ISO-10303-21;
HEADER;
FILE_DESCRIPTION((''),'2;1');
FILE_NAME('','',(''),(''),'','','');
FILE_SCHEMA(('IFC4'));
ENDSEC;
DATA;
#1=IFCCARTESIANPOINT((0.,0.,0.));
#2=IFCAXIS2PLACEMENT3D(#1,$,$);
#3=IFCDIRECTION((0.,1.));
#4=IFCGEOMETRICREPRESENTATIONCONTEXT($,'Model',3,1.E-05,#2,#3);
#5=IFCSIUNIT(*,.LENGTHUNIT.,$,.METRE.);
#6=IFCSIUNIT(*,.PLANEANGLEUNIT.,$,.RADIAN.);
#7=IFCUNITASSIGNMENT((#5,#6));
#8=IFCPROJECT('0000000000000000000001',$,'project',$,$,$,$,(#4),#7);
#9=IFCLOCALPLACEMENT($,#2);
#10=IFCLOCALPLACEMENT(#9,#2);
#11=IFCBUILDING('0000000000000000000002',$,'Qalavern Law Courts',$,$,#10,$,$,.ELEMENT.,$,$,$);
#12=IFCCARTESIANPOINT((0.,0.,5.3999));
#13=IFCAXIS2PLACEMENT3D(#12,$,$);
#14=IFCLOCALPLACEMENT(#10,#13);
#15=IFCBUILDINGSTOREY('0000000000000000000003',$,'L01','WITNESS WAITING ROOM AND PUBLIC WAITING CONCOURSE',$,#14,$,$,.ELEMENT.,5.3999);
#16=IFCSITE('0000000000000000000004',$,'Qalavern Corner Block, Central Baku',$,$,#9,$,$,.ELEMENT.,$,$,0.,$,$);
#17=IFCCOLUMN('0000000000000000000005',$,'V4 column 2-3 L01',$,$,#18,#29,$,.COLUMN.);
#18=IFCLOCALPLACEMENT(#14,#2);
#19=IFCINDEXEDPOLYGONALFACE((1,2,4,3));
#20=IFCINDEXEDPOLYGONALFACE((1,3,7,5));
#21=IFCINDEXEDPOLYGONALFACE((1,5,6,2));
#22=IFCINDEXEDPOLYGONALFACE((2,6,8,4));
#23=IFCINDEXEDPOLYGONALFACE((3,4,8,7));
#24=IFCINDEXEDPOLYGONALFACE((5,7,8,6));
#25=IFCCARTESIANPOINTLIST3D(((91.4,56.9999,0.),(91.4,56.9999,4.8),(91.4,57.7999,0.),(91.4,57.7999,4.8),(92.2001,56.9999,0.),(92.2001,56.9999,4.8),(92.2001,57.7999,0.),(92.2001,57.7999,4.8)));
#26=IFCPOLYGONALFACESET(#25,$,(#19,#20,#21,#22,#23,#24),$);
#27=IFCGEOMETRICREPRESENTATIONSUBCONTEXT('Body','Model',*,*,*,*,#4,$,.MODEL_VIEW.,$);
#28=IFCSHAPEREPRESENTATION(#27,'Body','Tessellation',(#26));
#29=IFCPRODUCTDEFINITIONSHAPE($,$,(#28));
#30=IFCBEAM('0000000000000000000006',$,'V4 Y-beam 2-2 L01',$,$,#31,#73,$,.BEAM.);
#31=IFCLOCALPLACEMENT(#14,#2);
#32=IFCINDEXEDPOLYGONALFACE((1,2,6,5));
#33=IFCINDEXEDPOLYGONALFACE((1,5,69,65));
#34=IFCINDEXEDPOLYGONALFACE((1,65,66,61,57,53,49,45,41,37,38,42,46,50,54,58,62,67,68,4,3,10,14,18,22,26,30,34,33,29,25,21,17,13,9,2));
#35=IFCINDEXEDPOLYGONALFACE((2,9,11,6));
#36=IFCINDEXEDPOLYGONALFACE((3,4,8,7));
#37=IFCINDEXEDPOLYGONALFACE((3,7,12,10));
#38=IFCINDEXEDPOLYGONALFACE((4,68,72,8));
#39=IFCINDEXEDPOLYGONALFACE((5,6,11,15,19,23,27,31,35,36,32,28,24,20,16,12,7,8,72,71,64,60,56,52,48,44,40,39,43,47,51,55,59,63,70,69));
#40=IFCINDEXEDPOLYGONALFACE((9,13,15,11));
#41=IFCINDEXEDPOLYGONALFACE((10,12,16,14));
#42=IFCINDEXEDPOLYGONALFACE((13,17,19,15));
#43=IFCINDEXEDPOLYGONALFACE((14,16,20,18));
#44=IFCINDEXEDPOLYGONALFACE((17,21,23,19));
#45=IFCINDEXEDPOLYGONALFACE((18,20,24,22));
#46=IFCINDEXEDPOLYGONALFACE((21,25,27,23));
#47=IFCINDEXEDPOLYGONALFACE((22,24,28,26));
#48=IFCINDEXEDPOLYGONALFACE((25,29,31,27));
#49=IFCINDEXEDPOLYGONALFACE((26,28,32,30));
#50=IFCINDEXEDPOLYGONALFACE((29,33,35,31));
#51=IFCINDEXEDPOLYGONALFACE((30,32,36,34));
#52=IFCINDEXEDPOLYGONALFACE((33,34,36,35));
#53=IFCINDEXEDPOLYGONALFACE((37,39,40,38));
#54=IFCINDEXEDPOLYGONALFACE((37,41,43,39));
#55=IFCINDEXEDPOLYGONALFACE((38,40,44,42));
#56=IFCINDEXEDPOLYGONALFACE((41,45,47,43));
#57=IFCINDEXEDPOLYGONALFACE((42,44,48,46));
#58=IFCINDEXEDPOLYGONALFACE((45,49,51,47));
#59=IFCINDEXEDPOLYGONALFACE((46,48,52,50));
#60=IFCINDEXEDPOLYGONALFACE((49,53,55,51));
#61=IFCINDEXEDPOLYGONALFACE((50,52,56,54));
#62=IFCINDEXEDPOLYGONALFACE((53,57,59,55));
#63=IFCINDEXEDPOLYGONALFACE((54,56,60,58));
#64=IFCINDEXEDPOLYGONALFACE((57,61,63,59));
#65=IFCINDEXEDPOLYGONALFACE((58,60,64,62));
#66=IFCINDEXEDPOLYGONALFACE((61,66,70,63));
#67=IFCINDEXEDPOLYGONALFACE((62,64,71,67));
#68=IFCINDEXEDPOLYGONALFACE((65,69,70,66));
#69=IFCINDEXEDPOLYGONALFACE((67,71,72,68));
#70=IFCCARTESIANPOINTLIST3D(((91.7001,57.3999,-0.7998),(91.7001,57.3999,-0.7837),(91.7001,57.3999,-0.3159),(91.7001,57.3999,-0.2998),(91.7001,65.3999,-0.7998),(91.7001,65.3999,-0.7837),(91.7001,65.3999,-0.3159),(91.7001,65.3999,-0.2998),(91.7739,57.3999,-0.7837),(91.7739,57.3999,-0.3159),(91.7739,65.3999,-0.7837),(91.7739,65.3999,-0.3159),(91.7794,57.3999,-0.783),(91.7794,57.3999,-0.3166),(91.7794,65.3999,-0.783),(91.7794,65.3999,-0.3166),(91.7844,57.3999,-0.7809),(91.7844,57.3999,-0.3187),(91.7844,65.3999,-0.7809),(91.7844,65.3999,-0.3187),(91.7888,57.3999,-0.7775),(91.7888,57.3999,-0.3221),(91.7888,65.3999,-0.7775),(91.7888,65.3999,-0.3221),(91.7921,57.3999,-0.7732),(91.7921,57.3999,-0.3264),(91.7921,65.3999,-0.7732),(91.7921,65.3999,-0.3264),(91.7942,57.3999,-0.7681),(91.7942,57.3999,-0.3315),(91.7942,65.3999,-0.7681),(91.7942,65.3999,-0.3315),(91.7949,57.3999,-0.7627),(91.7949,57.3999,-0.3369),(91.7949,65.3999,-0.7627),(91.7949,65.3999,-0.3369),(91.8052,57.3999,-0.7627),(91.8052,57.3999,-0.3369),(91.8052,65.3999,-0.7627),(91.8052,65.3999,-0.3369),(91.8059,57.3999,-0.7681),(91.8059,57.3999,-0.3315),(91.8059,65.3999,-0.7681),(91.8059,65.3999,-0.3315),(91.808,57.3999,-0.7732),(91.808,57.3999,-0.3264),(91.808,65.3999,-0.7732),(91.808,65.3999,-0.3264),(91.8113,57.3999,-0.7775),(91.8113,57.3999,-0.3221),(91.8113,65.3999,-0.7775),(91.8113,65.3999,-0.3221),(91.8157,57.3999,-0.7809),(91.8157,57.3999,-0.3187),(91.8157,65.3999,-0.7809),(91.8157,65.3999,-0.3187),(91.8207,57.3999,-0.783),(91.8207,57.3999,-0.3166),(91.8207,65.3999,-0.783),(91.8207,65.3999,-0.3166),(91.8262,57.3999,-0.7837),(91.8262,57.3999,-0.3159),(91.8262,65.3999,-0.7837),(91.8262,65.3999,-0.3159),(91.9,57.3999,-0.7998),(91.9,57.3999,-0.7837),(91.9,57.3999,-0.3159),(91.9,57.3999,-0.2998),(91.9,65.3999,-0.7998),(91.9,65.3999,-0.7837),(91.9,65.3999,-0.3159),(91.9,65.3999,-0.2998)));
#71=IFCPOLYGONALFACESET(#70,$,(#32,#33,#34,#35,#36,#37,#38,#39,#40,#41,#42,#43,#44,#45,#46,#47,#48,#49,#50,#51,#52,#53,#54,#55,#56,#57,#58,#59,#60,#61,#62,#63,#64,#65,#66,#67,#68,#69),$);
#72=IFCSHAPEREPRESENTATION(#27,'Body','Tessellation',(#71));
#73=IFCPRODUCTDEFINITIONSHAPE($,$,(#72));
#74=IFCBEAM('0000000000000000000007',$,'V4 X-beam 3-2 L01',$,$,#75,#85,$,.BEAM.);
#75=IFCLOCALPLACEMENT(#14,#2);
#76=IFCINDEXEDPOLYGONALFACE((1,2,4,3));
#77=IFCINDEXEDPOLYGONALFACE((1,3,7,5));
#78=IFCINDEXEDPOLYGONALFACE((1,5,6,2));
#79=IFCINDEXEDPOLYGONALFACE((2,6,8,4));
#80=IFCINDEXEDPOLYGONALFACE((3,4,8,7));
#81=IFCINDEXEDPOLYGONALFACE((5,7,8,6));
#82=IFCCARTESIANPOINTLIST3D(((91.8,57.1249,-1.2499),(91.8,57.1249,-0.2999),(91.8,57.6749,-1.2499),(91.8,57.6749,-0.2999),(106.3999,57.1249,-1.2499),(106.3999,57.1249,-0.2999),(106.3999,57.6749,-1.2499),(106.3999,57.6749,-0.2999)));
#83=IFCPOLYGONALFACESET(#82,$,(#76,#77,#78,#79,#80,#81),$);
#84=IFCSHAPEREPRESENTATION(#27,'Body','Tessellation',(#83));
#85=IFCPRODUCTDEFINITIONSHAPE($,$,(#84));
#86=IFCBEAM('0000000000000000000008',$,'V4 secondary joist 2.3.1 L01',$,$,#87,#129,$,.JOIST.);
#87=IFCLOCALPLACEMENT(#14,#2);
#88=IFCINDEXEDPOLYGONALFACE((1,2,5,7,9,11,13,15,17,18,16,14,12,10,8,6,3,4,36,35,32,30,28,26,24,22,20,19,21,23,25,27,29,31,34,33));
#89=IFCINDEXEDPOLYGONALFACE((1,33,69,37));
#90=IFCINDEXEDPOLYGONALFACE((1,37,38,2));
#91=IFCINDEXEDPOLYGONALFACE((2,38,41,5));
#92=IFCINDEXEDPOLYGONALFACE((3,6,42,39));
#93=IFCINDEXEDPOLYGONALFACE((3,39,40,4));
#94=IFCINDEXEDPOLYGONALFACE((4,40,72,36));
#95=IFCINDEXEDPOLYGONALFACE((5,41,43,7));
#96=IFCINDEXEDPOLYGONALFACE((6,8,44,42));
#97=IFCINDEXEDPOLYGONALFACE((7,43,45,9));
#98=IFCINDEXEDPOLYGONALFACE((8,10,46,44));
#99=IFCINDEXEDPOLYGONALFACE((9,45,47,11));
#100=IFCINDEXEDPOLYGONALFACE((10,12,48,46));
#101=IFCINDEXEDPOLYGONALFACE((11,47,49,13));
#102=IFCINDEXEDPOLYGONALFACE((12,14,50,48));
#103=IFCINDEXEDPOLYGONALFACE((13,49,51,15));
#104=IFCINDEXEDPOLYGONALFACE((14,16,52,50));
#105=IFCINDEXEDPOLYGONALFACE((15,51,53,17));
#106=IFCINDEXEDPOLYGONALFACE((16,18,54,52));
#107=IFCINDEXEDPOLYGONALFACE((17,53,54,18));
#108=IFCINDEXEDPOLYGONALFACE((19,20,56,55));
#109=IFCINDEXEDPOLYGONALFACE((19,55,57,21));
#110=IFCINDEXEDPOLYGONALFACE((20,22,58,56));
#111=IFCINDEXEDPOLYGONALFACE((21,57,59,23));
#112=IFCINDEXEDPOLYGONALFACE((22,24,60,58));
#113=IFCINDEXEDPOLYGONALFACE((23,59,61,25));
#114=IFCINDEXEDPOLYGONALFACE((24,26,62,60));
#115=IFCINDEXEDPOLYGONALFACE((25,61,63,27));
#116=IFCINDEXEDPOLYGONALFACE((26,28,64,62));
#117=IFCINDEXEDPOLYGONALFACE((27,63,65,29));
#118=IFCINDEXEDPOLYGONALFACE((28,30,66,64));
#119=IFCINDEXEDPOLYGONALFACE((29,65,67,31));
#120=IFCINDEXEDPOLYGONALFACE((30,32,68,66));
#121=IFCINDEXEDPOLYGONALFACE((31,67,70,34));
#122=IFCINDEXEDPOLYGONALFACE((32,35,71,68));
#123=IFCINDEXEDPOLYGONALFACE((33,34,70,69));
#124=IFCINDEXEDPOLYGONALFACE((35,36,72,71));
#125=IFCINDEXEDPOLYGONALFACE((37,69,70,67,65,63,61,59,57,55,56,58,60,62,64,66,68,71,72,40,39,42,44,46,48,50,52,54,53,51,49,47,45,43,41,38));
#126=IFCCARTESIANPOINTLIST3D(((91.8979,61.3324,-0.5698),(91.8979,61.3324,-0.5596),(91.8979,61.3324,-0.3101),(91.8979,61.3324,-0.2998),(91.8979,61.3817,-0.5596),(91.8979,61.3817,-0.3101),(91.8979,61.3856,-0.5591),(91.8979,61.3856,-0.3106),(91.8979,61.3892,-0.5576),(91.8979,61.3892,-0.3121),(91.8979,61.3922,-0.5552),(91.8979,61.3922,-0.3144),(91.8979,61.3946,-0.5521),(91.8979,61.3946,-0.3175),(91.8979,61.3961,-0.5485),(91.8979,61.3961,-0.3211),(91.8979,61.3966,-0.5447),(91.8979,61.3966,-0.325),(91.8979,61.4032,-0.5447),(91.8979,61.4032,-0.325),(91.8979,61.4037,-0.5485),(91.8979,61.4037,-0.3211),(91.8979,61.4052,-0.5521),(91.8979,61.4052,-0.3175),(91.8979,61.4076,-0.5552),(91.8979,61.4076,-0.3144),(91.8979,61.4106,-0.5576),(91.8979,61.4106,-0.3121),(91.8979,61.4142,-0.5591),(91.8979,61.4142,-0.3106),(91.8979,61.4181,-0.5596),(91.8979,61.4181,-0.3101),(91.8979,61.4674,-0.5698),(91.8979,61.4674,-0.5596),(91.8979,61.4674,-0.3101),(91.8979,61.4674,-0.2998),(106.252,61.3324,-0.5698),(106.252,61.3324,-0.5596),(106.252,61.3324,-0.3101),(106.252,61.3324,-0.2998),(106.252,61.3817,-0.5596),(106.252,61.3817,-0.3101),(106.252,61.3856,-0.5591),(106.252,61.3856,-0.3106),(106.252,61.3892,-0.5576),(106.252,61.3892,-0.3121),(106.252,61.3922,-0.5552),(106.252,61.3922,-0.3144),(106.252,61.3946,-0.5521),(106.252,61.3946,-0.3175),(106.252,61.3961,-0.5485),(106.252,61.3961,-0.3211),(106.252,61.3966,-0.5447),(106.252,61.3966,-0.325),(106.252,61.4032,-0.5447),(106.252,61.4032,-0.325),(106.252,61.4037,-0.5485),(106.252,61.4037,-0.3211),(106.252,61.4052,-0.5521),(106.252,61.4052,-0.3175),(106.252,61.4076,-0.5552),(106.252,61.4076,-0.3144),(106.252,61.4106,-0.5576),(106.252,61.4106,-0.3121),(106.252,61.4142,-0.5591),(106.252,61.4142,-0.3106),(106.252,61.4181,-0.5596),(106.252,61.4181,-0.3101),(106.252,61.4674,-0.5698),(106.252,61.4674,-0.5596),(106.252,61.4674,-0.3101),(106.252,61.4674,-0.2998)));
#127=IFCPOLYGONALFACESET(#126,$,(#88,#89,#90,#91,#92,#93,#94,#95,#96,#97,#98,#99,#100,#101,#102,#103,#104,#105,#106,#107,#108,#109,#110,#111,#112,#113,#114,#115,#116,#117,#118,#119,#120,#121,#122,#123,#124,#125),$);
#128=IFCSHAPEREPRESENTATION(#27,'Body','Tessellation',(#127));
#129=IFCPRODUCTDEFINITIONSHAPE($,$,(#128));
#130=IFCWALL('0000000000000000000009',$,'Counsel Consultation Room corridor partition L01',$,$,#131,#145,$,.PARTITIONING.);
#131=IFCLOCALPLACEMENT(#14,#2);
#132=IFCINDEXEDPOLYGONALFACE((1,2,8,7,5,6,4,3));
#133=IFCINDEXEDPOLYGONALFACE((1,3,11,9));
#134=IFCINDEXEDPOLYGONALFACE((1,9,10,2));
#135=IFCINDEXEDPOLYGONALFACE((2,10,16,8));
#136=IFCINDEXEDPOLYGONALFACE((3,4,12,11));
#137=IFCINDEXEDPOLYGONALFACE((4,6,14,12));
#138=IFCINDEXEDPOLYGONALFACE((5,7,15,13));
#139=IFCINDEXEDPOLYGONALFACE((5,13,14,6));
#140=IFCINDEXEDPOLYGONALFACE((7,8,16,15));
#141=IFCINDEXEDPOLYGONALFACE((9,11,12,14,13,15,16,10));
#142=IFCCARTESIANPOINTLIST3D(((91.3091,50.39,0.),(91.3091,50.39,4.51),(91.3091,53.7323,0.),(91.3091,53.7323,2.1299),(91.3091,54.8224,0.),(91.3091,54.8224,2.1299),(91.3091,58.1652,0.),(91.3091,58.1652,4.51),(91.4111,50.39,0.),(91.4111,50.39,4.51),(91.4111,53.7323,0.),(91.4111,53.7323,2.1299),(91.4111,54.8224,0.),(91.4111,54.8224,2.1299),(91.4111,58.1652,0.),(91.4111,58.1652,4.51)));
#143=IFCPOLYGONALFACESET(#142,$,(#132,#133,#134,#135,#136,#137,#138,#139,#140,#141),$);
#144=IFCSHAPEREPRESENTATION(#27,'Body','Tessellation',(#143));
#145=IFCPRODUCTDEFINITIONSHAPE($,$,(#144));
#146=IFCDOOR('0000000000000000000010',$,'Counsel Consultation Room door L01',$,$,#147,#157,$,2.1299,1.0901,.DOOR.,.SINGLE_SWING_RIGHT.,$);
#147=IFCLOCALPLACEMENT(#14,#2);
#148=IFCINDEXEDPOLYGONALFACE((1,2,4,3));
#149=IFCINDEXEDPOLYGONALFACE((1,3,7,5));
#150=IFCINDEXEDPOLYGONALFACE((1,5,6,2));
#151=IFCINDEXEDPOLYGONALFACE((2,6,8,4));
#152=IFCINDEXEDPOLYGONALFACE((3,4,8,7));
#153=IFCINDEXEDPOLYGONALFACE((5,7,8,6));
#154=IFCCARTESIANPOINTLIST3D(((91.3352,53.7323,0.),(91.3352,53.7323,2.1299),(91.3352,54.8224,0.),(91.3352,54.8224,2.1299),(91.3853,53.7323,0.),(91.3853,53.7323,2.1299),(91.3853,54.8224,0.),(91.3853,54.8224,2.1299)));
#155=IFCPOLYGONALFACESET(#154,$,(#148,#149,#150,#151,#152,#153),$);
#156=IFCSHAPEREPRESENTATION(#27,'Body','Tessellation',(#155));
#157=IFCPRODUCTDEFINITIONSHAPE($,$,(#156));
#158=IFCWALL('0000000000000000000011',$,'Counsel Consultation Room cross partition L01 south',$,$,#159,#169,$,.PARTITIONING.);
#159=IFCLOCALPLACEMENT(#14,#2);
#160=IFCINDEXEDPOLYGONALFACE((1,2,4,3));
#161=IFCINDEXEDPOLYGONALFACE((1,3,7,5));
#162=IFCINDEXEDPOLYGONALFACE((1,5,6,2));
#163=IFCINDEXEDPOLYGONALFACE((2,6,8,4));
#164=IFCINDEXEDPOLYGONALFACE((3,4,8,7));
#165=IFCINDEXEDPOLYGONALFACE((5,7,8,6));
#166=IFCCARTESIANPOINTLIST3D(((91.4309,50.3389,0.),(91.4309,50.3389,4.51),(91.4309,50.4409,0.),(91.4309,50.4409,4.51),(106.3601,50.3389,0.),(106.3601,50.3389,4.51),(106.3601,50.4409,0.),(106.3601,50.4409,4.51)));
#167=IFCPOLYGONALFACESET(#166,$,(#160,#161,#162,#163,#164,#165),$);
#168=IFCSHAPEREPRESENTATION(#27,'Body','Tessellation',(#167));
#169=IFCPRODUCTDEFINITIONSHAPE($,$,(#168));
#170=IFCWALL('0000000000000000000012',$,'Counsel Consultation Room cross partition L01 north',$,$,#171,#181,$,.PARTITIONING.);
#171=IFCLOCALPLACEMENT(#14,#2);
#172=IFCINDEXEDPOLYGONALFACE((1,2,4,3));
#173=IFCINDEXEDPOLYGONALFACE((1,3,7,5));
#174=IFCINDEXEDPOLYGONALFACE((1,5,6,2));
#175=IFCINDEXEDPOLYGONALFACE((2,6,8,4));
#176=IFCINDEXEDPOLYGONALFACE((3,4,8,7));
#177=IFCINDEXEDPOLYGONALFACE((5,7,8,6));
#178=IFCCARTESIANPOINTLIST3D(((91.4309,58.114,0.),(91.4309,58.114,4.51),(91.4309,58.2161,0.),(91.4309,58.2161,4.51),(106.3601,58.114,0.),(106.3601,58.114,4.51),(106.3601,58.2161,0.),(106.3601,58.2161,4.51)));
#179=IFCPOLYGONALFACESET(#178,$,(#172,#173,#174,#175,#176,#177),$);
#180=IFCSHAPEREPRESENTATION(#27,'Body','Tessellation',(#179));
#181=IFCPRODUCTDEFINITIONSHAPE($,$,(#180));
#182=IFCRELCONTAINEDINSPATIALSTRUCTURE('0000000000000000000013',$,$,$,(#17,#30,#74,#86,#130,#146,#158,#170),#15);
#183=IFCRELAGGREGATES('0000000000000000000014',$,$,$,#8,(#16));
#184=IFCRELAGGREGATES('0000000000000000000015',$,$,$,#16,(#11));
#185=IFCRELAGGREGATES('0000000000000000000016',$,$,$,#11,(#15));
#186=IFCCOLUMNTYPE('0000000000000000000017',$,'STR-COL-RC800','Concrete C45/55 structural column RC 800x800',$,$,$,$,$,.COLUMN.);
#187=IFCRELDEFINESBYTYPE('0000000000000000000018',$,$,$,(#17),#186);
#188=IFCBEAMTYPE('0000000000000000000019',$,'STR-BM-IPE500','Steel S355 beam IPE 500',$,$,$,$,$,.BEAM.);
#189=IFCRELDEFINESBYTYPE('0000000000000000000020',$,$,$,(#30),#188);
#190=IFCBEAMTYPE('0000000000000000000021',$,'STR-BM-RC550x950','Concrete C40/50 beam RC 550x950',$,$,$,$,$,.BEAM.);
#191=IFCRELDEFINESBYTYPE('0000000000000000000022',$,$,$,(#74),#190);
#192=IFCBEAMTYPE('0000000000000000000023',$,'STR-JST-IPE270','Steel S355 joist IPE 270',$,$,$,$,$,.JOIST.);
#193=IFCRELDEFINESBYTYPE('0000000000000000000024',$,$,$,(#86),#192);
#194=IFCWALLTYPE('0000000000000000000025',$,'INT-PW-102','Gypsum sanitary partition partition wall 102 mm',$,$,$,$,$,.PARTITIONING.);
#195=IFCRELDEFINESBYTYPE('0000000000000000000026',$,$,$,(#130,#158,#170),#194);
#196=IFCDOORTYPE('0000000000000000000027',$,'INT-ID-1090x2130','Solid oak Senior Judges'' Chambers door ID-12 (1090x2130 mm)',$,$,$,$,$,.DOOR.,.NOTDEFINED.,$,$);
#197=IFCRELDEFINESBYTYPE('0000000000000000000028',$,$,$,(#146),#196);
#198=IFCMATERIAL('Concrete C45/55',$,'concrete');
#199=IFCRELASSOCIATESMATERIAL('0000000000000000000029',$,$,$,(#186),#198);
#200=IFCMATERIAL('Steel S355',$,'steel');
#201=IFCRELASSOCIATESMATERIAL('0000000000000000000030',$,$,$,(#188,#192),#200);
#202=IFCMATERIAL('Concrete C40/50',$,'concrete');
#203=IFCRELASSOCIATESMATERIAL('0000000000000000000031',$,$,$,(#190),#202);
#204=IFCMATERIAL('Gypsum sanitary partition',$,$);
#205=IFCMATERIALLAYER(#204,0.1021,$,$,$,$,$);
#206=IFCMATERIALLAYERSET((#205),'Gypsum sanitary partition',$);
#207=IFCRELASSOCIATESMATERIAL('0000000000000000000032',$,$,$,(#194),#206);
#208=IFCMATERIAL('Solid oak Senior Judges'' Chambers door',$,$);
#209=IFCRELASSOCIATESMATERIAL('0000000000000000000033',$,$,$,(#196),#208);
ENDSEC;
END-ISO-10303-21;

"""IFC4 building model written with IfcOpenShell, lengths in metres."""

from ifc_helpers import new_model, si_unit, direction, frame, frame_2d, origin, origin_2d, place, context, subcontext, project, spatial, rectangle, i_section, extrude, material, layer, layer_set, material_profile, profile_set, type_object, element, fill, save


model = new_model("IFC4")

# Units and contexts
model_context = context("Model", 3, precision=1e-05, world=origin(), true_north=direction((0.0, 1.0)))
body_context = subcontext(model_context, "Body", "Model", "MODEL_VIEW")
ifc_project = project(units=[si_unit("LENGTHUNIT", "METRE"), si_unit("PLANEANGLEUNIT", "RADIAN")], contexts=[model_context])

# Site, building, storey
site_placement = place(None, origin())
site = spatial("IfcSite", under=ifc_project, at=site_placement, Name="Qalavern Corner Block, Central Baku", CompositionType="ELEMENT", RefElevation=0.0)
building_placement = place(site_placement, origin())
building = spatial("IfcBuilding", under=site, at=building_placement, Name="Qalavern Law Courts", CompositionType="ELEMENT")
storey_placement = place(building_placement, frame((0.0, 0.0, 5.3999)))
storey = spatial("IfcBuildingStorey", under=building, at=storey_placement, Name="L01", Description="WITNESS WAITING ROOM AND PUBLIC WAITING CONCOURSE", CompositionType="ELEMENT", Elevation=5.3999)

# Column
ifc_material_1 = material(Name="Concrete C45/55", Category="concrete")
ifc_material_profile_1 = material_profile(ifc_material_1, rectangle(XDim=0.8, YDim=0.8, at=origin_2d()), Name="RC 800x800")
ifc_profile_set_1 = profile_set([ifc_material_profile_1], Name="Concrete C45/55")
column_type = type_object("IfcColumnType", Name="STR-COL-RC800", Description="Concrete C45/55 structural column RC 800x800", PredefinedType="COLUMN", material=ifc_profile_set_1)
column_placement = place(storey_placement, frame((91.8, 57.3999, 0.0), z_axis=(0.0, 0.0, 1.0), x_axis=(1.0, 0.0, 0.0)))
element("IfcColumn", 1, at=column_placement, inside=storey, type_object=column_type, Name="V4 column 2-3 L01", PredefinedType="COLUMN", context=body_context, shape_type="SweptSolid", body=[
    extrude(rectangle(XDim=0.8, YDim=0.8, at=origin_2d()), origin(), (0.0, 0.0, 1.0), 4.8),
])

# Beams
ifc_material_2 = material(Name="Steel S355", Category="steel")
ifc_material_profile_2 = material_profile(ifc_material_2, i_section(OverallWidth=0.2, OverallDepth=0.5, WebThickness=0.0103, FlangeThickness=0.0161, FilletRadius=0.021, at=origin_2d()), Name="IPE 500")
ifc_profile_set_2 = profile_set([ifc_material_profile_2], Name="Steel S355")
beam_type_1 = type_object("IfcBeamType", Name="STR-BM-IPE500", Description="Steel S355 beam IPE 500", PredefinedType="BEAM", material=ifc_profile_set_2)
beam_1_placement = place(storey_placement, frame((91.8, 57.3999, -0.5498), z_axis=(0.0, 1.0, 0.0), x_axis=(-1.0, 0.0, 0.0)))
element("IfcBeam", 2, at=beam_1_placement, inside=storey, type_object=beam_type_1, Name="V4 Y-beam 2-2 L01", PredefinedType="BEAM", context=body_context, shape_type="SweptSolid", body=[
    extrude(i_section(OverallWidth=0.2, OverallDepth=0.5, WebThickness=0.0103, FlangeThickness=0.0161, FilletRadius=0.021, at=origin_2d()), origin(), (0.0, 0.0, 1.0), 8.0),
])
ifc_material_3 = material(Name="Concrete C40/50", Category="concrete")
ifc_material_profile_3 = material_profile(ifc_material_3, rectangle(XDim=0.55, YDim=0.95, at=origin_2d()), Name="RC 550x950")
ifc_profile_set_3 = profile_set([ifc_material_profile_3], Name="Concrete C40/50")
beam_type_2 = type_object("IfcBeamType", Name="STR-BM-RC550x950", Description="Concrete C40/50 beam RC 550x950", PredefinedType="BEAM", material=ifc_profile_set_3)
beam_2_placement = place(storey_placement, frame((91.8, 57.3999, -0.7749), z_axis=(1.0, 0.0, 0.0), x_axis=(0.0, 1.0, 0.0)))
element("IfcBeam", 3, at=beam_2_placement, inside=storey, type_object=beam_type_2, Name="V4 X-beam 3-2 L01", PredefinedType="BEAM", context=body_context, shape_type="SweptSolid", body=[
    extrude(rectangle(XDim=0.55, YDim=0.95, at=origin_2d()), origin(), (0.0, 0.0, 1.0), 14.5999),
])
ifc_material_profile_4 = material_profile(ifc_material_2, i_section(OverallWidth=0.135, OverallDepth=0.27, WebThickness=0.0066, FlangeThickness=0.0103, FilletRadius=0.0149, at=origin_2d()), Name="IPE 270")
ifc_profile_set_4 = profile_set([ifc_material_profile_4], Name="Steel S355")
beam_type_3 = type_object("IfcBeamType", Name="STR-JST-IPE270", Description="Steel S355 joist IPE 270", PredefinedType="JOIST", material=ifc_profile_set_4)
beam_3_placement = place(storey_placement, frame((91.8979, 61.3999, -0.4348), z_axis=(1.0, 0.0, 0.0), x_axis=(0.0, 1.0, 0.0)))
element("IfcBeam", 4, at=beam_3_placement, inside=storey, type_object=beam_type_3, Name="V4 secondary joist 2.3.1 L01", PredefinedType="JOIST", context=body_context, shape_type="SweptSolid", body=[
    extrude(i_section(OverallWidth=0.135, OverallDepth=0.27, WebThickness=0.0066, FlangeThickness=0.0103, FilletRadius=0.0149, at=origin_2d()), origin(), (0.0, 0.0, 1.0), 14.354),
])

# Wall, opening, door
ifc_material_4 = material(Name="Gypsum sanitary partition")
ifc_layer_1 = layer(ifc_material_4, 0.1021)
ifc_layer_set_1 = layer_set([ifc_layer_1], Name="Gypsum sanitary partition")
wall_type_1 = type_object("IfcWallType", Name="INT-PW-102", Description="Gypsum sanitary partition partition wall 102 mm", PredefinedType="PARTITIONING", material=ifc_layer_set_1)
wall_1_placement = place(storey_placement, frame((91.3601, 50.3899, 0.0), z_axis=(0.0, 0.0, 1.0), x_axis=(0.0, 1.0, 0.0)))
wall_1 = element("IfcWall", 5, at=wall_1_placement, inside=storey, type_object=wall_type_1, Name="Counsel Consultation Room corridor partition L01", PredefinedType="PARTITIONING", context=body_context, shape_type="SweptSolid", body=[
    extrude(rectangle(XDim=7.7751, YDim=0.1021, at=frame_2d((3.8877, 0.0))), origin(), (0.0, 0.0, 1.0), 4.51),
])
opening_1_placement = place(wall_1_placement, frame((3.3425, 0.0, 0.0)))
opening_1 = element("IfcOpeningElement", 6, at=opening_1_placement, cuts=wall_1, PredefinedType="OPENING", context=body_context, shape_type="SweptSolid", body=[
    extrude(rectangle(XDim=1.0901, YDim=2.1299, at=frame_2d((0.5449, 1.0649))), frame((0.0, 0.0659, 0.0), z_axis=(0.0, -1.0, 0.0), x_axis=(1.0, 0.0, 0.0)), (0.0, 0.0, 1.0), 0.1318),
])
ifc_material_5 = material(Name="Solid oak Senior Judges' Chambers door")
door_type_1 = type_object("IfcDoorType", Name="INT-ID-1090x2130", Description="Solid oak Senior Judges' Chambers door ID-12 (1090x2130 mm)", OperationType="NOTDEFINED", PredefinedType="DOOR", material=ifc_material_5)
door_1_placement = place(opening_1_placement, origin())
door_1 = element("IfcDoor", 7, at=door_1_placement, inside=storey, type_object=door_type_1, Name="Counsel Consultation Room door L01", OperationType="SINGLE_SWING_RIGHT", OverallHeight=2.1299, OverallWidth=1.0901, PredefinedType="DOOR", context=body_context, shape_type="SweptSolid", body=[
    extrude(rectangle(XDim=1.0901, YDim=2.1299, at=frame_2d((0.5449, 1.0649))), frame((0.0, 0.0249, 0.0), z_axis=(0.0, -1.0, 0.0), x_axis=(1.0, 0.0, 0.0)), (0.0, 0.0, 1.0), 0.05),
])
fill(opening_1, door_1)

# Walls
for number, where, z_axis, x_axis, name in (
    (8, (91.4309, 50.3899, 0.0), (0.0, 0.0, 1.0), (1.0, 0.0, 0.0), "Counsel Consultation Room cross partition L01 south"),
    (9, (91.4309, 58.165, 0.0), (0.0, 0.0, 1.0), (1.0, 0.0, 0.0), "Counsel Consultation Room cross partition L01 north"),
):
    element("IfcWall", number, at=place(storey_placement, frame(where, z_axis=z_axis, x_axis=x_axis)), inside=storey, type_object=wall_type_1, Name=name, PredefinedType="PARTITIONING", context=body_context, shape_type="SweptSolid", body=[
        extrude(rectangle(XDim=14.9292, YDim=0.1021, at=frame_2d((7.4646, 0.0))), origin(), (0.0, 0.0, 1.0), 4.51),
    ])

save(model, "model.ifc")
